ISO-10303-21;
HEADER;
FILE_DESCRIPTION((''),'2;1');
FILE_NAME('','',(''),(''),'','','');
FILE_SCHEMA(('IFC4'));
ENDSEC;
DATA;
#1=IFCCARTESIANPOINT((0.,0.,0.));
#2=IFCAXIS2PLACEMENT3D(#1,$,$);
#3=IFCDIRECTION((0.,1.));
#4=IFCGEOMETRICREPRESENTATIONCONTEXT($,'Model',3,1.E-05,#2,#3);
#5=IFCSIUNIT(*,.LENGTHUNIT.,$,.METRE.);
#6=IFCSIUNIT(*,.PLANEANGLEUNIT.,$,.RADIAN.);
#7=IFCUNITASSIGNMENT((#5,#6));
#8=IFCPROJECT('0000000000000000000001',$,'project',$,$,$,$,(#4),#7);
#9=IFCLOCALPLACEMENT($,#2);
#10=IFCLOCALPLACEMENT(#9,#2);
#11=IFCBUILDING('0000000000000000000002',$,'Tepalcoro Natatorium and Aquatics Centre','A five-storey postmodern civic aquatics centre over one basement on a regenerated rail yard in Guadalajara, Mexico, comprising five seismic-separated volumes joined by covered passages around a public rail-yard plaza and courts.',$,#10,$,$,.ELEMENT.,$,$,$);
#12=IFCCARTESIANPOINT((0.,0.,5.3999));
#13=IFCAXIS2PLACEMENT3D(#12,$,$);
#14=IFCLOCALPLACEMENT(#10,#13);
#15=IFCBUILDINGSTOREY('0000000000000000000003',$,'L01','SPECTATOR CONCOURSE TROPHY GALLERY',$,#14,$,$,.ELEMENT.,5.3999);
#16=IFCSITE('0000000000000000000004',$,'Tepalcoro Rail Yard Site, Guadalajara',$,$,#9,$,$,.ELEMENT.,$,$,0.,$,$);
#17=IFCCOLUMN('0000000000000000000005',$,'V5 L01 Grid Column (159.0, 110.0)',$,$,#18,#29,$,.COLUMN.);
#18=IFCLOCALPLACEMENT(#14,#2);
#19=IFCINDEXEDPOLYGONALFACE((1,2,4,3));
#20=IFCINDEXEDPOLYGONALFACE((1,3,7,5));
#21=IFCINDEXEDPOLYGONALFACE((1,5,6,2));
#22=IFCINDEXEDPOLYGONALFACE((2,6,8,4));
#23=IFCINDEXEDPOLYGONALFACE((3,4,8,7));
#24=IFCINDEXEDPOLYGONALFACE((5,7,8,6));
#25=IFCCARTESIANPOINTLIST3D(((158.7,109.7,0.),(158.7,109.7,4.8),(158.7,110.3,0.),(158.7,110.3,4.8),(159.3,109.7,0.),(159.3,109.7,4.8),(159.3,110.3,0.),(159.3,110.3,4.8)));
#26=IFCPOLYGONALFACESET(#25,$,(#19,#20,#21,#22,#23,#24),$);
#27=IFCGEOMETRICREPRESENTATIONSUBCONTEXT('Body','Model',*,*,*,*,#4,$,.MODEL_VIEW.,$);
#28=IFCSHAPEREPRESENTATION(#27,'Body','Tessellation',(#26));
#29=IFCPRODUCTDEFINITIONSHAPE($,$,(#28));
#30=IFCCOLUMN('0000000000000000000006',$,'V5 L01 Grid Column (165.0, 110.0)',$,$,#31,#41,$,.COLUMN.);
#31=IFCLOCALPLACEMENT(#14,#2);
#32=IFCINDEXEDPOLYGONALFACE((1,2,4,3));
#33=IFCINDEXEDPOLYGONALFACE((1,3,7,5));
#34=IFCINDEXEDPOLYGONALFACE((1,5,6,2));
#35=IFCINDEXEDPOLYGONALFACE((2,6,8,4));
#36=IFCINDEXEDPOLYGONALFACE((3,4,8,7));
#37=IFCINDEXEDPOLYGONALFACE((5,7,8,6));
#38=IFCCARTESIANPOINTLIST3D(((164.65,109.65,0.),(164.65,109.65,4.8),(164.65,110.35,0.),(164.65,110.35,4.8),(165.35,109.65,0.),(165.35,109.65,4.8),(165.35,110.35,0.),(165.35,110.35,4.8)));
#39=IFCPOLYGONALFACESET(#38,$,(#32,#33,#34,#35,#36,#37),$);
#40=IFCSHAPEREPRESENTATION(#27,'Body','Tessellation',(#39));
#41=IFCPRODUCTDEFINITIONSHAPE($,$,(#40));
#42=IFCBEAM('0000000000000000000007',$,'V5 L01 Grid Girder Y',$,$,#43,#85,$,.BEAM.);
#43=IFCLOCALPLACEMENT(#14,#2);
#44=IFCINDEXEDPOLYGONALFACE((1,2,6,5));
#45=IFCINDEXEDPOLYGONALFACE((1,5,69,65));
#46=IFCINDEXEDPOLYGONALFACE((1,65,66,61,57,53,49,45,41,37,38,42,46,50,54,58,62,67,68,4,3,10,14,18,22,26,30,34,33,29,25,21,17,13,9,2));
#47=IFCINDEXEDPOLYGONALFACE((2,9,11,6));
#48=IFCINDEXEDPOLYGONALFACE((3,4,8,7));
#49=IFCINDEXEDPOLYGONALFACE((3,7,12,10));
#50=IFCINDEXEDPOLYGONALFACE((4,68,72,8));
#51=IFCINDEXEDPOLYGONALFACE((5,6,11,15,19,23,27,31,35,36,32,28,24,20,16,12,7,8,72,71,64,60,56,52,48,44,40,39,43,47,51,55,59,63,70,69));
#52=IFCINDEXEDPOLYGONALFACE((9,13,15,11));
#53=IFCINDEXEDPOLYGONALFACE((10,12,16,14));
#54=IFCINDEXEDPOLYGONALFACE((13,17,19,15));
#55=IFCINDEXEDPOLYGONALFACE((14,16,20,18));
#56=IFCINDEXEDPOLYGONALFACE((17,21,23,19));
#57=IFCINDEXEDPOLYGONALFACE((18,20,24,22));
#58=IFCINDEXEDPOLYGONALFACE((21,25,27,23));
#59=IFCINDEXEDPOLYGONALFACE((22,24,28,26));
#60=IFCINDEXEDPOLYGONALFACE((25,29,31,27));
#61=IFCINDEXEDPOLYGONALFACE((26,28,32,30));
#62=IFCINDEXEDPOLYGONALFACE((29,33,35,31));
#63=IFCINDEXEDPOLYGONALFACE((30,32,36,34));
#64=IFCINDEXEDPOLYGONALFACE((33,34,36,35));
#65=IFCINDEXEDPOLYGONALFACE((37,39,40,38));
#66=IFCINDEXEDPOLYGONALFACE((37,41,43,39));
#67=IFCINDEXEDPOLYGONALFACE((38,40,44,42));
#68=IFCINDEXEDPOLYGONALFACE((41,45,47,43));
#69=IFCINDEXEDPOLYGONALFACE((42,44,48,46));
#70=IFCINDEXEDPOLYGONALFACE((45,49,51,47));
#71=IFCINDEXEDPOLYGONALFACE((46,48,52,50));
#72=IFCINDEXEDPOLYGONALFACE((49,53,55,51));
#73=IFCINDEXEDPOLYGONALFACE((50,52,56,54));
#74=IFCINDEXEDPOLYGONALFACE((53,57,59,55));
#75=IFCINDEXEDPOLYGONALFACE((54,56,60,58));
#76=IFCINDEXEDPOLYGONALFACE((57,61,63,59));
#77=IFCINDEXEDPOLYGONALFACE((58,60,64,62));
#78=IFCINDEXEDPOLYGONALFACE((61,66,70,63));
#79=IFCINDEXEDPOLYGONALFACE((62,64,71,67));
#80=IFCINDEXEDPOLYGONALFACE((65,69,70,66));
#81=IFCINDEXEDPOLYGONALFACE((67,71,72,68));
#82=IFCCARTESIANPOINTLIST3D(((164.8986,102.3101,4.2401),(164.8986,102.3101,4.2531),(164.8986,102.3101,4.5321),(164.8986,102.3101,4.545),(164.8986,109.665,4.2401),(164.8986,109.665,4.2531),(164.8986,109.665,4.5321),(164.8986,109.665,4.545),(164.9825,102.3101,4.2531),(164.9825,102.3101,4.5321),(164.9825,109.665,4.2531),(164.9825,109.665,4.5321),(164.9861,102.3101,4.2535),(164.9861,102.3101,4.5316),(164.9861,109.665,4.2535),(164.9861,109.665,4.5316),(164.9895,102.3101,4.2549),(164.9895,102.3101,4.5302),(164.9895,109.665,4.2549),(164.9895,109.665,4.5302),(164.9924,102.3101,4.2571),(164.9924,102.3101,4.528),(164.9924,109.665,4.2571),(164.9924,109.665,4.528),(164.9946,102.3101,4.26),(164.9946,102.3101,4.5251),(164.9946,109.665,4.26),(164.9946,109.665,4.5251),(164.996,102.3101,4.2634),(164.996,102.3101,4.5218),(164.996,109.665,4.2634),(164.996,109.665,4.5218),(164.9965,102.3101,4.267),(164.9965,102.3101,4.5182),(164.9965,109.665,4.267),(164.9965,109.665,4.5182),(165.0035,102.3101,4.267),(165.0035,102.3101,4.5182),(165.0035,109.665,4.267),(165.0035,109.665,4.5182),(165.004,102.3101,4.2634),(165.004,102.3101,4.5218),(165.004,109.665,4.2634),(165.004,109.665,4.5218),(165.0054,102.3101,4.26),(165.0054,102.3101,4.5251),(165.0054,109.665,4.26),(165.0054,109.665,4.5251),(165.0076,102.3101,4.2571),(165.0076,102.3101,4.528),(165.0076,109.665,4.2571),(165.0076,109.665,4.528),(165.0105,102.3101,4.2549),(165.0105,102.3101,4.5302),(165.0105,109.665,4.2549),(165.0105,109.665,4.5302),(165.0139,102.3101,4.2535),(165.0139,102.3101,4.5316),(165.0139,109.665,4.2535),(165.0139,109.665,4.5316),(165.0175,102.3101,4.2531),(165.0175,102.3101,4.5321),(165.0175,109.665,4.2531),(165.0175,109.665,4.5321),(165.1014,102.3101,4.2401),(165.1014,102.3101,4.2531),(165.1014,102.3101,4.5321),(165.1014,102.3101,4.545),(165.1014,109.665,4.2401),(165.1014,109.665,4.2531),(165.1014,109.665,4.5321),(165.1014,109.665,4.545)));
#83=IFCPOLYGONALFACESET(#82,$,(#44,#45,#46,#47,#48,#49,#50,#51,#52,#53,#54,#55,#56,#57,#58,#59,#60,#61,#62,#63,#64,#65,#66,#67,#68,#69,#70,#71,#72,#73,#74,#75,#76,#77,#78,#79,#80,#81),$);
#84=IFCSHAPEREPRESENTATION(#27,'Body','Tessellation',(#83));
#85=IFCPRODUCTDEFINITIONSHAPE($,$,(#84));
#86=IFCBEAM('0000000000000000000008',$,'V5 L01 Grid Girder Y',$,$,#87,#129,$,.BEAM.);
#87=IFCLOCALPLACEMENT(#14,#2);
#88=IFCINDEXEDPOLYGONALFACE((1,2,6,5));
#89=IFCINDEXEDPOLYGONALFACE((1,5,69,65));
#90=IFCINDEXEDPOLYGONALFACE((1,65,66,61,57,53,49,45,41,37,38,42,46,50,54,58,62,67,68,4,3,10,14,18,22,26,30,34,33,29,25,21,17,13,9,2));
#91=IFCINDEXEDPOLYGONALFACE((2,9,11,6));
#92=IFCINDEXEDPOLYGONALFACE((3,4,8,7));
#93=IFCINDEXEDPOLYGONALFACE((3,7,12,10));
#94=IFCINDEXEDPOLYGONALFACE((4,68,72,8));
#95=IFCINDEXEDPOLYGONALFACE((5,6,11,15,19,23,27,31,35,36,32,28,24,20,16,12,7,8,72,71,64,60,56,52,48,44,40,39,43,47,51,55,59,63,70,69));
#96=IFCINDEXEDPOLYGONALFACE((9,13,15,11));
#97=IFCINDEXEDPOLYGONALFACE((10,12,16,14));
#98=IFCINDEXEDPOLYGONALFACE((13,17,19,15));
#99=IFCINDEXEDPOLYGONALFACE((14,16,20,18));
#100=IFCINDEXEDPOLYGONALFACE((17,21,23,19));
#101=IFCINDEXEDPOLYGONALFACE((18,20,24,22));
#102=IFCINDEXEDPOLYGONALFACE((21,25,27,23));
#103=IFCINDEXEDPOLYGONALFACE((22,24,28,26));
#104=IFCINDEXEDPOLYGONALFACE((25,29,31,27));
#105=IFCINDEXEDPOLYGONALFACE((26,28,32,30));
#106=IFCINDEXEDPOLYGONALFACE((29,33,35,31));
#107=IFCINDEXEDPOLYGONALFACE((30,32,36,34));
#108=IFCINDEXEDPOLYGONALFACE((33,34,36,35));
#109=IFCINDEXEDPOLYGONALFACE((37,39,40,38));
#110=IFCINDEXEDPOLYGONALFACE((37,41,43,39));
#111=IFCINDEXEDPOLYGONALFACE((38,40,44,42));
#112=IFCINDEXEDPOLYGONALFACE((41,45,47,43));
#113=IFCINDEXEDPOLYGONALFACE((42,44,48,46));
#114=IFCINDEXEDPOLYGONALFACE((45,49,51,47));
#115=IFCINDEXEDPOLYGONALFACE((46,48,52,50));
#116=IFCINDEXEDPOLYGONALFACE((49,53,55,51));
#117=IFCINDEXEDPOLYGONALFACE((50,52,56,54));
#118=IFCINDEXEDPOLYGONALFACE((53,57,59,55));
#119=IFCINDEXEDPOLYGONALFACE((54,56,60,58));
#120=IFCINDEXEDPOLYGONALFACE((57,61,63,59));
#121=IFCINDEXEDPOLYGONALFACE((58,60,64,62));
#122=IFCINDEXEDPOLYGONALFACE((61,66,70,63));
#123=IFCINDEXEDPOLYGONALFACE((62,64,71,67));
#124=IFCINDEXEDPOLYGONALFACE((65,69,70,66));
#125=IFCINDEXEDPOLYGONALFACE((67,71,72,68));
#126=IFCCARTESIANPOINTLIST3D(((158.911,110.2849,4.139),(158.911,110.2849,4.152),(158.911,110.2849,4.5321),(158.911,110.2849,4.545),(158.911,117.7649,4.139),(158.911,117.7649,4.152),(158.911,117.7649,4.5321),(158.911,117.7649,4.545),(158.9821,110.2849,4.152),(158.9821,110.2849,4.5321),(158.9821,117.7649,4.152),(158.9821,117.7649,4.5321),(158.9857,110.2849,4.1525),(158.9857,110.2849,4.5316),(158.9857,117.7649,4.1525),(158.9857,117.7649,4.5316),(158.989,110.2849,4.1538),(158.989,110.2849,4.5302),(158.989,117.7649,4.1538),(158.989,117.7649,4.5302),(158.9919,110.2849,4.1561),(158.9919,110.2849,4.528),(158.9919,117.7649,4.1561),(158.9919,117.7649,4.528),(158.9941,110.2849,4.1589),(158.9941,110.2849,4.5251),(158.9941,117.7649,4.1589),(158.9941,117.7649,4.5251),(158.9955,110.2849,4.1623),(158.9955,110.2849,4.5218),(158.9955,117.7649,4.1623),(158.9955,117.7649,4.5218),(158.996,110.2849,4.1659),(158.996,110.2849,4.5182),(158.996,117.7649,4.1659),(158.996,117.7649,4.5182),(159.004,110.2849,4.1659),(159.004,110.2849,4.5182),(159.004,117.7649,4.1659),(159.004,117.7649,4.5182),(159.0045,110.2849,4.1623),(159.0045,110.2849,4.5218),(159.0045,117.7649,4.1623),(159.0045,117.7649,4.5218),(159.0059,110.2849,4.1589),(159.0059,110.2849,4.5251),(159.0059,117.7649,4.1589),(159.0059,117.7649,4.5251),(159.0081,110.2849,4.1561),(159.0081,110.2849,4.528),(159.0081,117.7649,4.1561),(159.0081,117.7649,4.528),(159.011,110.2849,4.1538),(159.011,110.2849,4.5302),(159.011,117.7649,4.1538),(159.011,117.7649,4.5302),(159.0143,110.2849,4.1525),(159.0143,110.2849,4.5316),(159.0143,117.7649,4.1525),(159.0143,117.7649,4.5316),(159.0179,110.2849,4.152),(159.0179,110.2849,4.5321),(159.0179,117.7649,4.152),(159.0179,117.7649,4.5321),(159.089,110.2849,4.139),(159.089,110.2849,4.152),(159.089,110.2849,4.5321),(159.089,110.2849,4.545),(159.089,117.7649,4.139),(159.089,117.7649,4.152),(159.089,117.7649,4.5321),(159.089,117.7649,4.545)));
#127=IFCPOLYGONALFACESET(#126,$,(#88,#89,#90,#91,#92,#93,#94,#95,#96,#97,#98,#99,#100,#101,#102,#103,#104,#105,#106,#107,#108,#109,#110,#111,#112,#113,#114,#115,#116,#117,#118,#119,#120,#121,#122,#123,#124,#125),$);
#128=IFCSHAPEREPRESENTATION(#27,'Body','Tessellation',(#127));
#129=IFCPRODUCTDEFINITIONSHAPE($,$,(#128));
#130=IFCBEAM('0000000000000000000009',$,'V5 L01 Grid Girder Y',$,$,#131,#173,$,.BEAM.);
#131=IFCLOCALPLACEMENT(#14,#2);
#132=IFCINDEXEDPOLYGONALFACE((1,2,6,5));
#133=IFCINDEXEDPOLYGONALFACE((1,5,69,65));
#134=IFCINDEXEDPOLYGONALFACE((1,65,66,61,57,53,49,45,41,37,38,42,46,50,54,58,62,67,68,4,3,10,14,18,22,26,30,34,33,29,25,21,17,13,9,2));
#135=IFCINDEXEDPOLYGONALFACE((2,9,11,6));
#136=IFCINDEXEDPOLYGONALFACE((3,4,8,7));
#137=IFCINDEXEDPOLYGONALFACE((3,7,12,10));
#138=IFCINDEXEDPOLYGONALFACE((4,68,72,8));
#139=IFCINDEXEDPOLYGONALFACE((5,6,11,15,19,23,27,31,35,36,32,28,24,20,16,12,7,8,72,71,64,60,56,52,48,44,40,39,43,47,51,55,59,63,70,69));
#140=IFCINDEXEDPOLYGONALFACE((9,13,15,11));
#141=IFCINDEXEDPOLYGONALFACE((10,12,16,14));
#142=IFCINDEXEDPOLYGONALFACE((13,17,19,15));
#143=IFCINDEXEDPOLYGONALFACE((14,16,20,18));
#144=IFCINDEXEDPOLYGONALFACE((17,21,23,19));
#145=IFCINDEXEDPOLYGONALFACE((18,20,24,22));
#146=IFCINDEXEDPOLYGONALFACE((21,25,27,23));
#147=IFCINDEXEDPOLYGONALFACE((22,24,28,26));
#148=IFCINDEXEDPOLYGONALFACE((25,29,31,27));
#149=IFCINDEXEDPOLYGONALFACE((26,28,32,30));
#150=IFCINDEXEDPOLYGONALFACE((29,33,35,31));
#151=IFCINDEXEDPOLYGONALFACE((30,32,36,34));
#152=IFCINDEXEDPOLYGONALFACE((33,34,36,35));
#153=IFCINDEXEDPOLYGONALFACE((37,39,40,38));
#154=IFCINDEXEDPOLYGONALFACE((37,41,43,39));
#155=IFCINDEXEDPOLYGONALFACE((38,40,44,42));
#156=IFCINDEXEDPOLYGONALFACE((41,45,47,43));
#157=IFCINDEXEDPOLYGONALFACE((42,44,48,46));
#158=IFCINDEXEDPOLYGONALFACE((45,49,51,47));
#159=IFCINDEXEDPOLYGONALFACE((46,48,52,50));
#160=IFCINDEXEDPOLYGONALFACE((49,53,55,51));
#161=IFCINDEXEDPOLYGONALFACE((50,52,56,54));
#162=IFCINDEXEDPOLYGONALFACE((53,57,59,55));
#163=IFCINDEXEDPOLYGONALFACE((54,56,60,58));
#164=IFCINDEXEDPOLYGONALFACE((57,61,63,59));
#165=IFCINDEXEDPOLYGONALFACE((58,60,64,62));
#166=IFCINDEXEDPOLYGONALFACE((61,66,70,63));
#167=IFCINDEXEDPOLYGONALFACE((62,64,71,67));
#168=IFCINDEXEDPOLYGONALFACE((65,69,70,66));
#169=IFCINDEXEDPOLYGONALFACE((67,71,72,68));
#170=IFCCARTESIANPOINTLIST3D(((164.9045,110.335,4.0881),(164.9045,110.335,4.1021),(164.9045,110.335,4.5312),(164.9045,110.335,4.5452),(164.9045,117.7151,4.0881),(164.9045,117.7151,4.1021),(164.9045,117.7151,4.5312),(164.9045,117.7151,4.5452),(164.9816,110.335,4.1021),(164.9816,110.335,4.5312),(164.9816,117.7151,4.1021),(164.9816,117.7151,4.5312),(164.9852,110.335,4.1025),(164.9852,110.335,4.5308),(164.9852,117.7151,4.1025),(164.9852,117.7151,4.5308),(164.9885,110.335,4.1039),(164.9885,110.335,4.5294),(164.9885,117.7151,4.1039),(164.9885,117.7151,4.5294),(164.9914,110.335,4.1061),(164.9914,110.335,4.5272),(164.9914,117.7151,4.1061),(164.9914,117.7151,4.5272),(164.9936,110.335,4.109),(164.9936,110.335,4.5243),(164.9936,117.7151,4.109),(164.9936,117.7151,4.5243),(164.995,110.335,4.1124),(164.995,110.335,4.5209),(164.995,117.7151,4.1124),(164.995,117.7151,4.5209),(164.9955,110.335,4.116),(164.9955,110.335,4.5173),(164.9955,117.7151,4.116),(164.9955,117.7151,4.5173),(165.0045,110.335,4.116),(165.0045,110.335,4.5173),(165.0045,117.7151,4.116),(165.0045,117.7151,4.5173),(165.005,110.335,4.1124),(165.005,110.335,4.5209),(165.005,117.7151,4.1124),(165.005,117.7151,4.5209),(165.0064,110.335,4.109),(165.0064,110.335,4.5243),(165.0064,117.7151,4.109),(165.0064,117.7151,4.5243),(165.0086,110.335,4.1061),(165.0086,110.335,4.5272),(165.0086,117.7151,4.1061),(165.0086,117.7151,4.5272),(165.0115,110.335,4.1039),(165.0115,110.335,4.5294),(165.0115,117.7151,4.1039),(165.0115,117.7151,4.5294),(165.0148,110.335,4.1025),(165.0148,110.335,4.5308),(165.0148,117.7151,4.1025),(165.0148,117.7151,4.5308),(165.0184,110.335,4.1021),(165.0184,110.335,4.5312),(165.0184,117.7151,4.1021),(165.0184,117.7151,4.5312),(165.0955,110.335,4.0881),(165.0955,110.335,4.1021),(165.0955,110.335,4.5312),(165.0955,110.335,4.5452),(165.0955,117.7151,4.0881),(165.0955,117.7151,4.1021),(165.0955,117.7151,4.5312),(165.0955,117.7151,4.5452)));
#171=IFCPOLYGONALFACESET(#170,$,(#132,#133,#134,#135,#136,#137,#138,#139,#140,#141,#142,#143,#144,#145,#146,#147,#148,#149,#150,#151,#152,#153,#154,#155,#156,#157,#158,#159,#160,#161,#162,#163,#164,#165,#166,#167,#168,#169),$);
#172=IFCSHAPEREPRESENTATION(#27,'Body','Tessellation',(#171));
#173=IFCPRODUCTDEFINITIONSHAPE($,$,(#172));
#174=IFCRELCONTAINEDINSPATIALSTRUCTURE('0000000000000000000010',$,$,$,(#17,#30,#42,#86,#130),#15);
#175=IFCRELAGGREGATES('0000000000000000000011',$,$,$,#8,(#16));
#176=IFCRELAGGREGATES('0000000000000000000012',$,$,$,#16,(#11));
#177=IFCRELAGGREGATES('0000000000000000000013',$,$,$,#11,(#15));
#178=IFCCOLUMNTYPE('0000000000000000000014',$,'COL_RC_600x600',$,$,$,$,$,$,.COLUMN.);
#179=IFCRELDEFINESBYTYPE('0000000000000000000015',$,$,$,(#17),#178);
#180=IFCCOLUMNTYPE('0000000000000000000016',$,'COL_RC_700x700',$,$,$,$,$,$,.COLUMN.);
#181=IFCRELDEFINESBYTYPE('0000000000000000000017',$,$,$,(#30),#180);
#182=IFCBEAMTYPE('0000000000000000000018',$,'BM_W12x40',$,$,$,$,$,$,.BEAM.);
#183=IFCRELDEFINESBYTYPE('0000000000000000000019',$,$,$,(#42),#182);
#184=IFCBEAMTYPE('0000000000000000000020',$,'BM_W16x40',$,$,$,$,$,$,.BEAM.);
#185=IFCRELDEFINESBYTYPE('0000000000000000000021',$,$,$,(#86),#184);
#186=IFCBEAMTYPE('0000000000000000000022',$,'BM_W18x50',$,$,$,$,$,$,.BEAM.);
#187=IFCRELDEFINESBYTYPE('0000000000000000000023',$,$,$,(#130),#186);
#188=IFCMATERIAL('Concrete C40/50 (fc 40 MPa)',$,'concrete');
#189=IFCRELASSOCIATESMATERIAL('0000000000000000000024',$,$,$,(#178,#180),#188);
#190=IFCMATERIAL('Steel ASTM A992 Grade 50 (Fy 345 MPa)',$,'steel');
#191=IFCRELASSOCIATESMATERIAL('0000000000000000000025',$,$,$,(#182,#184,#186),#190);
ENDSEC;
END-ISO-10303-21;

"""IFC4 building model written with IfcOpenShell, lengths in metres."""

from ifc_helpers import new_model, si_unit, direction, frame, origin, origin_2d, place, context, subcontext, project, spatial, rectangle, i_section, extrude, material, material_profile, profile_set, type_object, element, save


model = new_model("IFC4")

# Units and contexts
model_context = context("Model", 3, precision=1e-05, world=origin(), true_north=direction((0.0, 1.0)))
body_context = subcontext(model_context, "Body", "Model", "MODEL_VIEW")
ifc_project = project(units=[si_unit("LENGTHUNIT", "METRE"), si_unit("PLANEANGLEUNIT", "RADIAN")], contexts=[model_context])

# Site, building, storey
site_placement = place(None, origin())
site = spatial("IfcSite", under=ifc_project, at=site_placement, Name="Tepalcoro Rail Yard Site, Guadalajara", CompositionType="ELEMENT", RefElevation=0.0)
building_placement = place(site_placement, origin())
building = spatial("IfcBuilding", under=site, at=building_placement, Name="Tepalcoro Natatorium and Aquatics Centre", Description="A five-storey postmodern civic aquatics centre over one basement on a regenerated rail yard in Guadalajara, Mexico, comprising five seismic-separated volumes joined by covered passages around a public rail-yard plaza and courts.", CompositionType="ELEMENT")
storey_placement = place(building_placement, frame((0.0, 0.0, 5.3999)))
storey = spatial("IfcBuildingStorey", under=building, at=storey_placement, Name="L01", Description="SPECTATOR CONCOURSE TROPHY GALLERY", CompositionType="ELEMENT", Elevation=5.3999)

# Columns
ifc_material_1 = material(Name="Concrete C40/50 (fc 40 MPa)", Category="concrete")
ifc_material_profile_1 = material_profile(ifc_material_1, rectangle(XDim=0.6001, YDim=0.6001, at=origin_2d()), Name="RC600x600")
ifc_profile_set_1 = profile_set([ifc_material_profile_1], Name="Concrete C40/50 (fc 40 MPa)")
column_type_1 = type_object("IfcColumnType", Name="COL_RC_600x600", PredefinedType="COLUMN", material=ifc_profile_set_1)
column_1_placement = place(storey_placement, frame((159.0, 110.0, 0.0), z_axis=(0.0, 0.0, 1.0), x_axis=(1.0, 0.0, 0.0)))
element("IfcColumn", 1, at=column_1_placement, inside=storey, type_object=column_type_1, Name="V5 L01 Grid Column (159.0, 110.0)", PredefinedType="COLUMN", context=body_context, shape_type="SweptSolid", body=[
    extrude(rectangle(XDim=0.6001, YDim=0.6001, at=origin_2d()), origin(), (0.0, 0.0, 1.0), 4.8),
])
ifc_material_profile_2 = material_profile(ifc_material_1, rectangle(XDim=0.7, YDim=0.7, at=origin_2d()), Name="RC700x700")
ifc_profile_set_2 = profile_set([ifc_material_profile_2], Name="Concrete C40/50 (fc 40 MPa)")
column_type_2 = type_object("IfcColumnType", Name="COL_RC_700x700", PredefinedType="COLUMN", material=ifc_profile_set_2)
column_2_placement = place(storey_placement, frame((165.0, 110.0, 0.0), z_axis=(0.0, 0.0, 1.0), x_axis=(1.0, 0.0, 0.0)))
element("IfcColumn", 2, at=column_2_placement, inside=storey, type_object=column_type_2, Name="V5 L01 Grid Column (165.0, 110.0)", PredefinedType="COLUMN", context=body_context, shape_type="SweptSolid", body=[
    extrude(rectangle(XDim=0.7, YDim=0.7, at=origin_2d()), origin(), (0.0, 0.0, 1.0), 4.8),
])

# Beams
ifc_material_2 = material(Name="Steel ASTM A992 Grade 50 (Fy 345 MPa)", Category="steel")
ifc_material_profile_3 = material_profile(ifc_material_2, i_section(OverallWidth=0.2029, OverallDepth=0.3049, WebThickness=0.0071, FlangeThickness=0.0129, FilletRadius=0.0139, at=origin_2d()), Name="W12X40")
ifc_profile_set_3 = profile_set([ifc_material_profile_3], Name="Steel ASTM A992 Grade 50 (Fy 345 MPa)")
beam_type_1 = type_object("IfcBeamType", Name="BM_W12x40", PredefinedType="BEAM", material=ifc_profile_set_3)
beam_1_placement = place(storey_placement, frame((165.0, 102.3101, 4.3926), z_axis=(0.0, 1.0, 0.0), x_axis=(-1.0, 0.0, 0.0)))
element("IfcBeam", 3, at=beam_1_placement, inside=storey, type_object=beam_type_1, Name="V5 L01 Grid Girder Y", PredefinedType="BEAM", context=body_context, shape_type="SweptSolid", body=[
    extrude(i_section(OverallWidth=0.2029, OverallDepth=0.3049, WebThickness=0.0071, FlangeThickness=0.0129, FilletRadius=0.0139, at=origin_2d()), origin(), (0.0, 0.0, 1.0), 7.355),
])
ifc_material_profile_4 = material_profile(ifc_material_2, i_section(OverallWidth=0.178, OverallDepth=0.406, WebThickness=0.0081, FlangeThickness=0.0129, FilletRadius=0.0139, at=origin_2d()), Name="W16X40")
ifc_profile_set_4 = profile_set([ifc_material_profile_4], Name="Steel ASTM A992 Grade 50 (Fy 345 MPa)")
beam_type_2 = type_object("IfcBeamType", Name="BM_W16x40", PredefinedType="BEAM", material=ifc_profile_set_4)
beam_2_placement = place(storey_placement, frame((159.0, 110.2849, 4.342), z_axis=(0.0, 1.0, 0.0), x_axis=(-1.0, 0.0, 0.0)))
element("IfcBeam", 4, at=beam_2_placement, inside=storey, type_object=beam_type_2, Name="V5 L01 Grid Girder Y", PredefinedType="BEAM", context=body_context, shape_type="SweptSolid", body=[
    extrude(i_section(OverallWidth=0.178, OverallDepth=0.406, WebThickness=0.0081, FlangeThickness=0.0129, FilletRadius=0.0139, at=origin_2d()), origin(), (0.0, 0.0, 1.0), 7.48),
])
ifc_material_profile_5 = material_profile(ifc_material_2, i_section(OverallWidth=0.1909, OverallDepth=0.457, WebThickness=0.009, FlangeThickness=0.0139, FilletRadius=0.0139, at=origin_2d()), Name="W18X50")
ifc_profile_set_5 = profile_set([ifc_material_profile_5], Name="Steel ASTM A992 Grade 50 (Fy 345 MPa)")
beam_type_3 = type_object("IfcBeamType", Name="BM_W18x50", PredefinedType="BEAM", material=ifc_profile_set_5)
beam_3_placement = place(storey_placement, frame((165.0, 110.335, 4.3167), z_axis=(0.0, 1.0, 0.0), x_axis=(-1.0, 0.0, 0.0)))
element("IfcBeam", 5, at=beam_3_placement, inside=storey, type_object=beam_type_3, Name="V5 L01 Grid Girder Y", PredefinedType="BEAM", context=body_context, shape_type="SweptSolid", body=[
    extrude(i_section(OverallWidth=0.1909, OverallDepth=0.457, WebThickness=0.009, FlangeThickness=0.0139, FilletRadius=0.0139, at=origin_2d()), origin(), (0.0, 0.0, 1.0), 7.3801),
])

save(model, "model.ifc")
